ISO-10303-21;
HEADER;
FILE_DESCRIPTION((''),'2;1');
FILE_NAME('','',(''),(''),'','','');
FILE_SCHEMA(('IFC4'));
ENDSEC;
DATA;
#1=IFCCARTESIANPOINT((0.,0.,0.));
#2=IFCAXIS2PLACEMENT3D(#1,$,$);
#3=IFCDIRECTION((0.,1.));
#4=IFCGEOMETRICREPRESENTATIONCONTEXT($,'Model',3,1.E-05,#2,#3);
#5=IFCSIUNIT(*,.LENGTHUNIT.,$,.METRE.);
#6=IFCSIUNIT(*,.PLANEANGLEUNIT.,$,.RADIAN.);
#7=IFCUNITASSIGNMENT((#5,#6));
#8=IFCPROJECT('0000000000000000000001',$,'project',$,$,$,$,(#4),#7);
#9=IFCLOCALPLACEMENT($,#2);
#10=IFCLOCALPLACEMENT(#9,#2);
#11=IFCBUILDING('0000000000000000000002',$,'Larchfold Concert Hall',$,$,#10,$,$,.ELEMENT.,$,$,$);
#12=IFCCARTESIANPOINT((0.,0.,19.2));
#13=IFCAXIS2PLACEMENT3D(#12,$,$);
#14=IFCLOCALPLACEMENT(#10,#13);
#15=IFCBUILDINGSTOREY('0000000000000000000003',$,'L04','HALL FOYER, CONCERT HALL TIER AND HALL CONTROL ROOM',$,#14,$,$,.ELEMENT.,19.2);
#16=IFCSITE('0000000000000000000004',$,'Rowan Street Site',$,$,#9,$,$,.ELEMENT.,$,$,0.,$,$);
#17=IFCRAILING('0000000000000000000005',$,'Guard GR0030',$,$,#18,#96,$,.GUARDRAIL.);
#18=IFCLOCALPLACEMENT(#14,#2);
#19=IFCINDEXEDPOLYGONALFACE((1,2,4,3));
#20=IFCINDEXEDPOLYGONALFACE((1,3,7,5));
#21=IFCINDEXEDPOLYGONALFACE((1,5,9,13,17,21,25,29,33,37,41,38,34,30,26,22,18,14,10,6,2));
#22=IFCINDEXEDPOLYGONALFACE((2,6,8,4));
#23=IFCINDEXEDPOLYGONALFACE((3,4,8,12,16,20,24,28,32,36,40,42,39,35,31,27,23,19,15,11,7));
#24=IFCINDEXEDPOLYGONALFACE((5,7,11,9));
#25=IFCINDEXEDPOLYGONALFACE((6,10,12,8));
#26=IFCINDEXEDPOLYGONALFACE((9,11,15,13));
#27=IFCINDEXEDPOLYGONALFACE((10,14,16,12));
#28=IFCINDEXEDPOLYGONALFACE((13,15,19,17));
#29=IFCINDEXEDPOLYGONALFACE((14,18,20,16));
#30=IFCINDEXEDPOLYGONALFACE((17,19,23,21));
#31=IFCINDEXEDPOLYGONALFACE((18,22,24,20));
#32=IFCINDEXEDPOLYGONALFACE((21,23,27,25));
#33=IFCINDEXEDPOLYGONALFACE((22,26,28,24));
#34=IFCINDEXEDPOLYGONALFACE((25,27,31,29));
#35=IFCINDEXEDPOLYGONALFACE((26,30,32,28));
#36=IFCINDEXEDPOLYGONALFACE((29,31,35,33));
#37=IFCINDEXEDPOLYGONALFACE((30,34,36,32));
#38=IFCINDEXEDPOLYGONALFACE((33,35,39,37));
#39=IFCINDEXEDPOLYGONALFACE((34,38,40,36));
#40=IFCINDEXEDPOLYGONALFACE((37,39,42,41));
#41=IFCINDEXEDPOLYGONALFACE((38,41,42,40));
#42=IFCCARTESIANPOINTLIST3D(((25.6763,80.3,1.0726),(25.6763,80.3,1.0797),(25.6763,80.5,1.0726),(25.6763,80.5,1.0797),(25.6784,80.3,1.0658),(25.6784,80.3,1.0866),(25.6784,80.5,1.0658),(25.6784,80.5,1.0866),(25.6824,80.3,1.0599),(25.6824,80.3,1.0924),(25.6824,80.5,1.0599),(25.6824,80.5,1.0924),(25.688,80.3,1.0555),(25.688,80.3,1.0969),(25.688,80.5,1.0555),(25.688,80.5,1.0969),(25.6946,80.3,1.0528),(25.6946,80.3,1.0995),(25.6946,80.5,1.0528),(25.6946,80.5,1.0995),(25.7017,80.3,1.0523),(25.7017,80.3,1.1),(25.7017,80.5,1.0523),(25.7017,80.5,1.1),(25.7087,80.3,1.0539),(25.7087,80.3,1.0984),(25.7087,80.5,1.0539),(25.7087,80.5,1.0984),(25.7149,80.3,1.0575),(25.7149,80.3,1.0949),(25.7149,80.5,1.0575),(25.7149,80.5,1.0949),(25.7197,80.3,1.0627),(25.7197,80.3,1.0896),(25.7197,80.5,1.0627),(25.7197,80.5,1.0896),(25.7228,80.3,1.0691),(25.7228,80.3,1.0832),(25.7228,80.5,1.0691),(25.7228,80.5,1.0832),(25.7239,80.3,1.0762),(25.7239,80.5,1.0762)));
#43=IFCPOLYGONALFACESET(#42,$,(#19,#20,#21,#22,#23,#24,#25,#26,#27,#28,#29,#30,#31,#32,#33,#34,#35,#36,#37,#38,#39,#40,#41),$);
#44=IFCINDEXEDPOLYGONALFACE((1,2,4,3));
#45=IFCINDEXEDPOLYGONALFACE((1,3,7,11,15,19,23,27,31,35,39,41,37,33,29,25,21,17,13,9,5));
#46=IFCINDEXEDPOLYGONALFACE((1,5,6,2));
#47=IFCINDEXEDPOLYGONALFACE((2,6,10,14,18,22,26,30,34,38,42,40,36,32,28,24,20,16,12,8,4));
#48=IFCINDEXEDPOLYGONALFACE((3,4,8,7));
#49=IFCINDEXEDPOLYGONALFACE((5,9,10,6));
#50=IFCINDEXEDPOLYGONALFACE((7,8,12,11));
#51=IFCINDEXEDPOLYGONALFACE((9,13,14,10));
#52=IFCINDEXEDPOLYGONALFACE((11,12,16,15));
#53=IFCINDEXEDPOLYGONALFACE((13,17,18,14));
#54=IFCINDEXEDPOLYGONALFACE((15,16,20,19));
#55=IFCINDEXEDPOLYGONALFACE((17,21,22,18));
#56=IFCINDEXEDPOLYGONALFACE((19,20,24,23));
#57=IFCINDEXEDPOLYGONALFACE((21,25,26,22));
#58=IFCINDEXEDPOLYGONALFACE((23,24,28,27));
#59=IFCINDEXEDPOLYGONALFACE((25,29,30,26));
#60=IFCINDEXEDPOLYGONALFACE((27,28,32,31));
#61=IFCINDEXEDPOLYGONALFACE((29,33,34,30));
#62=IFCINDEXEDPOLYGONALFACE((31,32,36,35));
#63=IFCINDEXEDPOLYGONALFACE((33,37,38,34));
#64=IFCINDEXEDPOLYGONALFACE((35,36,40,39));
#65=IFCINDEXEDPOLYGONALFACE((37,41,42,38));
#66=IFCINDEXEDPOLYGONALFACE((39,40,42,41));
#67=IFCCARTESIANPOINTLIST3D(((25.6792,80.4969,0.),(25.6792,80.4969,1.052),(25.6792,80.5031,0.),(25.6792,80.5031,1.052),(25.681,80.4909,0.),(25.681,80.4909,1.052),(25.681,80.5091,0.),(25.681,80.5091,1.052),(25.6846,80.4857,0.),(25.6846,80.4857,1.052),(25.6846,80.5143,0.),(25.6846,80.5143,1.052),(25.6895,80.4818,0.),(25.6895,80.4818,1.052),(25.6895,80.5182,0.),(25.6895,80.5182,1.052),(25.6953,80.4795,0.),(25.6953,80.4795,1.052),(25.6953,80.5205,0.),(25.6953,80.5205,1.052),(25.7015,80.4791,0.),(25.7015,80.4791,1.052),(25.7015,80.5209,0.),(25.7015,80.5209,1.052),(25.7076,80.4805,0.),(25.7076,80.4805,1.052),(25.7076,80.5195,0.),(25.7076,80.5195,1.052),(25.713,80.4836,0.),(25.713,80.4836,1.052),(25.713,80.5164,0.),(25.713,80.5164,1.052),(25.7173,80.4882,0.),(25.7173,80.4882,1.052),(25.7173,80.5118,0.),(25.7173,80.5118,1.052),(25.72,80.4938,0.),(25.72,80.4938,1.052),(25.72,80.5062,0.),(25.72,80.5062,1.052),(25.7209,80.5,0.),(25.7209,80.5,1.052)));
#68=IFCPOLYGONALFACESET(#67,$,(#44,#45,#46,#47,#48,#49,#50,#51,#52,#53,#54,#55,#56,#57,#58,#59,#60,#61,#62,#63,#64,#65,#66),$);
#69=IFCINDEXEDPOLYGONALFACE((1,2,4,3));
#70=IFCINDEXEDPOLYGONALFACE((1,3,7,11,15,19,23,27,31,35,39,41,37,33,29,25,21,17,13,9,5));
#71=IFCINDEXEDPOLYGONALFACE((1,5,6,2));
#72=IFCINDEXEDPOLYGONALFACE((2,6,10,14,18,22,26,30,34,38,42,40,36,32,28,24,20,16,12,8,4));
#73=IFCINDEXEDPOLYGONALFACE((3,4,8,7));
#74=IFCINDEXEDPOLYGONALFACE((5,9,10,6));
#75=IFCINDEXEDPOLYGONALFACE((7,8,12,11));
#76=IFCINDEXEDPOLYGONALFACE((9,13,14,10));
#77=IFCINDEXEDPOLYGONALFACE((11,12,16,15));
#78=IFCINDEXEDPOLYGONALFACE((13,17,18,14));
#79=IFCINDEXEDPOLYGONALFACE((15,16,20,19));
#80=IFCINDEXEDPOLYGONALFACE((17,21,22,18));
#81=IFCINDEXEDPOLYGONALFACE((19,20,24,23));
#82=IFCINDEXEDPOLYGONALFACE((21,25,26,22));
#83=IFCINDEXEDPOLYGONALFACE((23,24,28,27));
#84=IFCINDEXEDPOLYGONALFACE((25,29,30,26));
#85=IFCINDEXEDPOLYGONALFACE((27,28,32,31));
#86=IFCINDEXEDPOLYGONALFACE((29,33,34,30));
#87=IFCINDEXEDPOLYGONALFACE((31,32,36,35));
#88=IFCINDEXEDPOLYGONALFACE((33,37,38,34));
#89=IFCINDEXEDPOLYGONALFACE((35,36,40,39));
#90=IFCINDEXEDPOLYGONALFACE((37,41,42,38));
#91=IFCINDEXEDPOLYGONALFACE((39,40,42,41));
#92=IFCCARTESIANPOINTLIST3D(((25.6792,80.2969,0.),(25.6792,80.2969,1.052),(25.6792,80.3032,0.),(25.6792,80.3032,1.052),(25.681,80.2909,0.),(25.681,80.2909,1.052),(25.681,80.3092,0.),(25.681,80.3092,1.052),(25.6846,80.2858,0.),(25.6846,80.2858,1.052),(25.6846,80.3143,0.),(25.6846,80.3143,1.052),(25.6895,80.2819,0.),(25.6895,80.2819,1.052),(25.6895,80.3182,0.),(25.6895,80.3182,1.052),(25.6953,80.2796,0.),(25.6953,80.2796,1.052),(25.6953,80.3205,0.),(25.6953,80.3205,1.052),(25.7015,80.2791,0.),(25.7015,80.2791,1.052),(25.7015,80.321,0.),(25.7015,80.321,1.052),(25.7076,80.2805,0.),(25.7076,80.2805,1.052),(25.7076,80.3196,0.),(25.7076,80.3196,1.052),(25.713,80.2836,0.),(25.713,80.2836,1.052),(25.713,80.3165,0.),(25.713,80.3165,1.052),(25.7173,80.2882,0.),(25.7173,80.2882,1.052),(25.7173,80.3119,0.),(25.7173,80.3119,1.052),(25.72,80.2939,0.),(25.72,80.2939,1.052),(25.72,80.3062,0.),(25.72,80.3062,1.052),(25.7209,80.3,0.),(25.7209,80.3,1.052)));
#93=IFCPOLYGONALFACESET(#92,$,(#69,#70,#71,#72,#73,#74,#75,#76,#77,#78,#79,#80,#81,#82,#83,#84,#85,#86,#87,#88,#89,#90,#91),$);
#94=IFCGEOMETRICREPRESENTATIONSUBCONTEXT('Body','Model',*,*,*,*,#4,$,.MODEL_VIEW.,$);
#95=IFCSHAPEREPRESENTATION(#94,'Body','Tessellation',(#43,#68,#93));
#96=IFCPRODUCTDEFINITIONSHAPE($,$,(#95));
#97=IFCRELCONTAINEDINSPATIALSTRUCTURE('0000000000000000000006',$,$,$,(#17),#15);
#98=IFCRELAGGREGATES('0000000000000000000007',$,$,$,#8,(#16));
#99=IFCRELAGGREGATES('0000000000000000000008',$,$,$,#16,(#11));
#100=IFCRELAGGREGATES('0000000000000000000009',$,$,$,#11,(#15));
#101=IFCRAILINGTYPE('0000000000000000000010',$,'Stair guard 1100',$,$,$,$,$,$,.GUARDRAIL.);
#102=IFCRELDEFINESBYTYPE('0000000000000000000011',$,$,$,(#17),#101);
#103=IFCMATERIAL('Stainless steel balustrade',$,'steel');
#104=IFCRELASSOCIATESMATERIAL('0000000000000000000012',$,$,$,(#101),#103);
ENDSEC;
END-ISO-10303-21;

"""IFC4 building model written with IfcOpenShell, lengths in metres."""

from ifc_helpers import new_model, si_unit, direction, frame, origin, origin_2d, place, context, subcontext, project, spatial, circle, extrude, material, type_object, element, save


model = new_model("IFC4")

# Units and contexts
model_context = context("Model", 3, precision=1e-05, world=origin(), true_north=direction((0.0, 1.0)))
body_context = subcontext(model_context, "Body", "Model", "MODEL_VIEW")
ifc_project = project(units=[si_unit("LENGTHUNIT", "METRE"), si_unit("PLANEANGLEUNIT", "RADIAN")], contexts=[model_context])

# Site, building, storey
site_placement = place(None, origin())
site = spatial("IfcSite", under=ifc_project, at=site_placement, Name="Rowan Street Site", CompositionType="ELEMENT", RefElevation=0.0)
building_placement = place(site_placement, origin())
building = spatial("IfcBuilding", under=site, at=building_placement, Name="Larchfold Concert Hall", CompositionType="ELEMENT")
storey_placement = place(building_placement, frame((0.0, 0.0, 19.2)))
storey = spatial("IfcBuildingStorey", under=building, at=storey_placement, Name="L04", Description="HALL FOYER, CONCERT HALL TIER AND HALL CONTROL ROOM", CompositionType="ELEMENT", Elevation=19.2)

# Railing
ifc_material_1 = material(Name="Stainless steel balustrade", Category="steel")
railing_type_1 = type_object("IfcRailingType", Name="Stair guard 1100", PredefinedType="GUARDRAIL", material=ifc_material_1)
railing_1_placement = place(storey_placement, frame((25.7, 80.5, 0.0)))
element("IfcRailing", 1, at=railing_1_placement, inside=storey, type_object=railing_type_1, Name="Guard GR0030", PredefinedType="GUARDRAIL", context=body_context, shape_type="SweptSolid", body=[
    extrude(circle(Radius=0.0239, at=origin_2d()), frame((0.0, 0.0, 1.0762), z_axis=(0.0, -1.0, 0.0), x_axis=(1.0, 0.0, 0.0)), (0.0, 0.0, 1.0), 0.2),
    extrude(circle(Radius=0.021, at=origin_2d()), origin(), (0.0, 0.0, 1.0), 1.052),
    extrude(circle(Radius=0.021, at=origin_2d()), frame((0.0, -0.2, 0.0)), (0.0, 0.0, 1.0), 1.052),
])

save(model, "model.ifc")
